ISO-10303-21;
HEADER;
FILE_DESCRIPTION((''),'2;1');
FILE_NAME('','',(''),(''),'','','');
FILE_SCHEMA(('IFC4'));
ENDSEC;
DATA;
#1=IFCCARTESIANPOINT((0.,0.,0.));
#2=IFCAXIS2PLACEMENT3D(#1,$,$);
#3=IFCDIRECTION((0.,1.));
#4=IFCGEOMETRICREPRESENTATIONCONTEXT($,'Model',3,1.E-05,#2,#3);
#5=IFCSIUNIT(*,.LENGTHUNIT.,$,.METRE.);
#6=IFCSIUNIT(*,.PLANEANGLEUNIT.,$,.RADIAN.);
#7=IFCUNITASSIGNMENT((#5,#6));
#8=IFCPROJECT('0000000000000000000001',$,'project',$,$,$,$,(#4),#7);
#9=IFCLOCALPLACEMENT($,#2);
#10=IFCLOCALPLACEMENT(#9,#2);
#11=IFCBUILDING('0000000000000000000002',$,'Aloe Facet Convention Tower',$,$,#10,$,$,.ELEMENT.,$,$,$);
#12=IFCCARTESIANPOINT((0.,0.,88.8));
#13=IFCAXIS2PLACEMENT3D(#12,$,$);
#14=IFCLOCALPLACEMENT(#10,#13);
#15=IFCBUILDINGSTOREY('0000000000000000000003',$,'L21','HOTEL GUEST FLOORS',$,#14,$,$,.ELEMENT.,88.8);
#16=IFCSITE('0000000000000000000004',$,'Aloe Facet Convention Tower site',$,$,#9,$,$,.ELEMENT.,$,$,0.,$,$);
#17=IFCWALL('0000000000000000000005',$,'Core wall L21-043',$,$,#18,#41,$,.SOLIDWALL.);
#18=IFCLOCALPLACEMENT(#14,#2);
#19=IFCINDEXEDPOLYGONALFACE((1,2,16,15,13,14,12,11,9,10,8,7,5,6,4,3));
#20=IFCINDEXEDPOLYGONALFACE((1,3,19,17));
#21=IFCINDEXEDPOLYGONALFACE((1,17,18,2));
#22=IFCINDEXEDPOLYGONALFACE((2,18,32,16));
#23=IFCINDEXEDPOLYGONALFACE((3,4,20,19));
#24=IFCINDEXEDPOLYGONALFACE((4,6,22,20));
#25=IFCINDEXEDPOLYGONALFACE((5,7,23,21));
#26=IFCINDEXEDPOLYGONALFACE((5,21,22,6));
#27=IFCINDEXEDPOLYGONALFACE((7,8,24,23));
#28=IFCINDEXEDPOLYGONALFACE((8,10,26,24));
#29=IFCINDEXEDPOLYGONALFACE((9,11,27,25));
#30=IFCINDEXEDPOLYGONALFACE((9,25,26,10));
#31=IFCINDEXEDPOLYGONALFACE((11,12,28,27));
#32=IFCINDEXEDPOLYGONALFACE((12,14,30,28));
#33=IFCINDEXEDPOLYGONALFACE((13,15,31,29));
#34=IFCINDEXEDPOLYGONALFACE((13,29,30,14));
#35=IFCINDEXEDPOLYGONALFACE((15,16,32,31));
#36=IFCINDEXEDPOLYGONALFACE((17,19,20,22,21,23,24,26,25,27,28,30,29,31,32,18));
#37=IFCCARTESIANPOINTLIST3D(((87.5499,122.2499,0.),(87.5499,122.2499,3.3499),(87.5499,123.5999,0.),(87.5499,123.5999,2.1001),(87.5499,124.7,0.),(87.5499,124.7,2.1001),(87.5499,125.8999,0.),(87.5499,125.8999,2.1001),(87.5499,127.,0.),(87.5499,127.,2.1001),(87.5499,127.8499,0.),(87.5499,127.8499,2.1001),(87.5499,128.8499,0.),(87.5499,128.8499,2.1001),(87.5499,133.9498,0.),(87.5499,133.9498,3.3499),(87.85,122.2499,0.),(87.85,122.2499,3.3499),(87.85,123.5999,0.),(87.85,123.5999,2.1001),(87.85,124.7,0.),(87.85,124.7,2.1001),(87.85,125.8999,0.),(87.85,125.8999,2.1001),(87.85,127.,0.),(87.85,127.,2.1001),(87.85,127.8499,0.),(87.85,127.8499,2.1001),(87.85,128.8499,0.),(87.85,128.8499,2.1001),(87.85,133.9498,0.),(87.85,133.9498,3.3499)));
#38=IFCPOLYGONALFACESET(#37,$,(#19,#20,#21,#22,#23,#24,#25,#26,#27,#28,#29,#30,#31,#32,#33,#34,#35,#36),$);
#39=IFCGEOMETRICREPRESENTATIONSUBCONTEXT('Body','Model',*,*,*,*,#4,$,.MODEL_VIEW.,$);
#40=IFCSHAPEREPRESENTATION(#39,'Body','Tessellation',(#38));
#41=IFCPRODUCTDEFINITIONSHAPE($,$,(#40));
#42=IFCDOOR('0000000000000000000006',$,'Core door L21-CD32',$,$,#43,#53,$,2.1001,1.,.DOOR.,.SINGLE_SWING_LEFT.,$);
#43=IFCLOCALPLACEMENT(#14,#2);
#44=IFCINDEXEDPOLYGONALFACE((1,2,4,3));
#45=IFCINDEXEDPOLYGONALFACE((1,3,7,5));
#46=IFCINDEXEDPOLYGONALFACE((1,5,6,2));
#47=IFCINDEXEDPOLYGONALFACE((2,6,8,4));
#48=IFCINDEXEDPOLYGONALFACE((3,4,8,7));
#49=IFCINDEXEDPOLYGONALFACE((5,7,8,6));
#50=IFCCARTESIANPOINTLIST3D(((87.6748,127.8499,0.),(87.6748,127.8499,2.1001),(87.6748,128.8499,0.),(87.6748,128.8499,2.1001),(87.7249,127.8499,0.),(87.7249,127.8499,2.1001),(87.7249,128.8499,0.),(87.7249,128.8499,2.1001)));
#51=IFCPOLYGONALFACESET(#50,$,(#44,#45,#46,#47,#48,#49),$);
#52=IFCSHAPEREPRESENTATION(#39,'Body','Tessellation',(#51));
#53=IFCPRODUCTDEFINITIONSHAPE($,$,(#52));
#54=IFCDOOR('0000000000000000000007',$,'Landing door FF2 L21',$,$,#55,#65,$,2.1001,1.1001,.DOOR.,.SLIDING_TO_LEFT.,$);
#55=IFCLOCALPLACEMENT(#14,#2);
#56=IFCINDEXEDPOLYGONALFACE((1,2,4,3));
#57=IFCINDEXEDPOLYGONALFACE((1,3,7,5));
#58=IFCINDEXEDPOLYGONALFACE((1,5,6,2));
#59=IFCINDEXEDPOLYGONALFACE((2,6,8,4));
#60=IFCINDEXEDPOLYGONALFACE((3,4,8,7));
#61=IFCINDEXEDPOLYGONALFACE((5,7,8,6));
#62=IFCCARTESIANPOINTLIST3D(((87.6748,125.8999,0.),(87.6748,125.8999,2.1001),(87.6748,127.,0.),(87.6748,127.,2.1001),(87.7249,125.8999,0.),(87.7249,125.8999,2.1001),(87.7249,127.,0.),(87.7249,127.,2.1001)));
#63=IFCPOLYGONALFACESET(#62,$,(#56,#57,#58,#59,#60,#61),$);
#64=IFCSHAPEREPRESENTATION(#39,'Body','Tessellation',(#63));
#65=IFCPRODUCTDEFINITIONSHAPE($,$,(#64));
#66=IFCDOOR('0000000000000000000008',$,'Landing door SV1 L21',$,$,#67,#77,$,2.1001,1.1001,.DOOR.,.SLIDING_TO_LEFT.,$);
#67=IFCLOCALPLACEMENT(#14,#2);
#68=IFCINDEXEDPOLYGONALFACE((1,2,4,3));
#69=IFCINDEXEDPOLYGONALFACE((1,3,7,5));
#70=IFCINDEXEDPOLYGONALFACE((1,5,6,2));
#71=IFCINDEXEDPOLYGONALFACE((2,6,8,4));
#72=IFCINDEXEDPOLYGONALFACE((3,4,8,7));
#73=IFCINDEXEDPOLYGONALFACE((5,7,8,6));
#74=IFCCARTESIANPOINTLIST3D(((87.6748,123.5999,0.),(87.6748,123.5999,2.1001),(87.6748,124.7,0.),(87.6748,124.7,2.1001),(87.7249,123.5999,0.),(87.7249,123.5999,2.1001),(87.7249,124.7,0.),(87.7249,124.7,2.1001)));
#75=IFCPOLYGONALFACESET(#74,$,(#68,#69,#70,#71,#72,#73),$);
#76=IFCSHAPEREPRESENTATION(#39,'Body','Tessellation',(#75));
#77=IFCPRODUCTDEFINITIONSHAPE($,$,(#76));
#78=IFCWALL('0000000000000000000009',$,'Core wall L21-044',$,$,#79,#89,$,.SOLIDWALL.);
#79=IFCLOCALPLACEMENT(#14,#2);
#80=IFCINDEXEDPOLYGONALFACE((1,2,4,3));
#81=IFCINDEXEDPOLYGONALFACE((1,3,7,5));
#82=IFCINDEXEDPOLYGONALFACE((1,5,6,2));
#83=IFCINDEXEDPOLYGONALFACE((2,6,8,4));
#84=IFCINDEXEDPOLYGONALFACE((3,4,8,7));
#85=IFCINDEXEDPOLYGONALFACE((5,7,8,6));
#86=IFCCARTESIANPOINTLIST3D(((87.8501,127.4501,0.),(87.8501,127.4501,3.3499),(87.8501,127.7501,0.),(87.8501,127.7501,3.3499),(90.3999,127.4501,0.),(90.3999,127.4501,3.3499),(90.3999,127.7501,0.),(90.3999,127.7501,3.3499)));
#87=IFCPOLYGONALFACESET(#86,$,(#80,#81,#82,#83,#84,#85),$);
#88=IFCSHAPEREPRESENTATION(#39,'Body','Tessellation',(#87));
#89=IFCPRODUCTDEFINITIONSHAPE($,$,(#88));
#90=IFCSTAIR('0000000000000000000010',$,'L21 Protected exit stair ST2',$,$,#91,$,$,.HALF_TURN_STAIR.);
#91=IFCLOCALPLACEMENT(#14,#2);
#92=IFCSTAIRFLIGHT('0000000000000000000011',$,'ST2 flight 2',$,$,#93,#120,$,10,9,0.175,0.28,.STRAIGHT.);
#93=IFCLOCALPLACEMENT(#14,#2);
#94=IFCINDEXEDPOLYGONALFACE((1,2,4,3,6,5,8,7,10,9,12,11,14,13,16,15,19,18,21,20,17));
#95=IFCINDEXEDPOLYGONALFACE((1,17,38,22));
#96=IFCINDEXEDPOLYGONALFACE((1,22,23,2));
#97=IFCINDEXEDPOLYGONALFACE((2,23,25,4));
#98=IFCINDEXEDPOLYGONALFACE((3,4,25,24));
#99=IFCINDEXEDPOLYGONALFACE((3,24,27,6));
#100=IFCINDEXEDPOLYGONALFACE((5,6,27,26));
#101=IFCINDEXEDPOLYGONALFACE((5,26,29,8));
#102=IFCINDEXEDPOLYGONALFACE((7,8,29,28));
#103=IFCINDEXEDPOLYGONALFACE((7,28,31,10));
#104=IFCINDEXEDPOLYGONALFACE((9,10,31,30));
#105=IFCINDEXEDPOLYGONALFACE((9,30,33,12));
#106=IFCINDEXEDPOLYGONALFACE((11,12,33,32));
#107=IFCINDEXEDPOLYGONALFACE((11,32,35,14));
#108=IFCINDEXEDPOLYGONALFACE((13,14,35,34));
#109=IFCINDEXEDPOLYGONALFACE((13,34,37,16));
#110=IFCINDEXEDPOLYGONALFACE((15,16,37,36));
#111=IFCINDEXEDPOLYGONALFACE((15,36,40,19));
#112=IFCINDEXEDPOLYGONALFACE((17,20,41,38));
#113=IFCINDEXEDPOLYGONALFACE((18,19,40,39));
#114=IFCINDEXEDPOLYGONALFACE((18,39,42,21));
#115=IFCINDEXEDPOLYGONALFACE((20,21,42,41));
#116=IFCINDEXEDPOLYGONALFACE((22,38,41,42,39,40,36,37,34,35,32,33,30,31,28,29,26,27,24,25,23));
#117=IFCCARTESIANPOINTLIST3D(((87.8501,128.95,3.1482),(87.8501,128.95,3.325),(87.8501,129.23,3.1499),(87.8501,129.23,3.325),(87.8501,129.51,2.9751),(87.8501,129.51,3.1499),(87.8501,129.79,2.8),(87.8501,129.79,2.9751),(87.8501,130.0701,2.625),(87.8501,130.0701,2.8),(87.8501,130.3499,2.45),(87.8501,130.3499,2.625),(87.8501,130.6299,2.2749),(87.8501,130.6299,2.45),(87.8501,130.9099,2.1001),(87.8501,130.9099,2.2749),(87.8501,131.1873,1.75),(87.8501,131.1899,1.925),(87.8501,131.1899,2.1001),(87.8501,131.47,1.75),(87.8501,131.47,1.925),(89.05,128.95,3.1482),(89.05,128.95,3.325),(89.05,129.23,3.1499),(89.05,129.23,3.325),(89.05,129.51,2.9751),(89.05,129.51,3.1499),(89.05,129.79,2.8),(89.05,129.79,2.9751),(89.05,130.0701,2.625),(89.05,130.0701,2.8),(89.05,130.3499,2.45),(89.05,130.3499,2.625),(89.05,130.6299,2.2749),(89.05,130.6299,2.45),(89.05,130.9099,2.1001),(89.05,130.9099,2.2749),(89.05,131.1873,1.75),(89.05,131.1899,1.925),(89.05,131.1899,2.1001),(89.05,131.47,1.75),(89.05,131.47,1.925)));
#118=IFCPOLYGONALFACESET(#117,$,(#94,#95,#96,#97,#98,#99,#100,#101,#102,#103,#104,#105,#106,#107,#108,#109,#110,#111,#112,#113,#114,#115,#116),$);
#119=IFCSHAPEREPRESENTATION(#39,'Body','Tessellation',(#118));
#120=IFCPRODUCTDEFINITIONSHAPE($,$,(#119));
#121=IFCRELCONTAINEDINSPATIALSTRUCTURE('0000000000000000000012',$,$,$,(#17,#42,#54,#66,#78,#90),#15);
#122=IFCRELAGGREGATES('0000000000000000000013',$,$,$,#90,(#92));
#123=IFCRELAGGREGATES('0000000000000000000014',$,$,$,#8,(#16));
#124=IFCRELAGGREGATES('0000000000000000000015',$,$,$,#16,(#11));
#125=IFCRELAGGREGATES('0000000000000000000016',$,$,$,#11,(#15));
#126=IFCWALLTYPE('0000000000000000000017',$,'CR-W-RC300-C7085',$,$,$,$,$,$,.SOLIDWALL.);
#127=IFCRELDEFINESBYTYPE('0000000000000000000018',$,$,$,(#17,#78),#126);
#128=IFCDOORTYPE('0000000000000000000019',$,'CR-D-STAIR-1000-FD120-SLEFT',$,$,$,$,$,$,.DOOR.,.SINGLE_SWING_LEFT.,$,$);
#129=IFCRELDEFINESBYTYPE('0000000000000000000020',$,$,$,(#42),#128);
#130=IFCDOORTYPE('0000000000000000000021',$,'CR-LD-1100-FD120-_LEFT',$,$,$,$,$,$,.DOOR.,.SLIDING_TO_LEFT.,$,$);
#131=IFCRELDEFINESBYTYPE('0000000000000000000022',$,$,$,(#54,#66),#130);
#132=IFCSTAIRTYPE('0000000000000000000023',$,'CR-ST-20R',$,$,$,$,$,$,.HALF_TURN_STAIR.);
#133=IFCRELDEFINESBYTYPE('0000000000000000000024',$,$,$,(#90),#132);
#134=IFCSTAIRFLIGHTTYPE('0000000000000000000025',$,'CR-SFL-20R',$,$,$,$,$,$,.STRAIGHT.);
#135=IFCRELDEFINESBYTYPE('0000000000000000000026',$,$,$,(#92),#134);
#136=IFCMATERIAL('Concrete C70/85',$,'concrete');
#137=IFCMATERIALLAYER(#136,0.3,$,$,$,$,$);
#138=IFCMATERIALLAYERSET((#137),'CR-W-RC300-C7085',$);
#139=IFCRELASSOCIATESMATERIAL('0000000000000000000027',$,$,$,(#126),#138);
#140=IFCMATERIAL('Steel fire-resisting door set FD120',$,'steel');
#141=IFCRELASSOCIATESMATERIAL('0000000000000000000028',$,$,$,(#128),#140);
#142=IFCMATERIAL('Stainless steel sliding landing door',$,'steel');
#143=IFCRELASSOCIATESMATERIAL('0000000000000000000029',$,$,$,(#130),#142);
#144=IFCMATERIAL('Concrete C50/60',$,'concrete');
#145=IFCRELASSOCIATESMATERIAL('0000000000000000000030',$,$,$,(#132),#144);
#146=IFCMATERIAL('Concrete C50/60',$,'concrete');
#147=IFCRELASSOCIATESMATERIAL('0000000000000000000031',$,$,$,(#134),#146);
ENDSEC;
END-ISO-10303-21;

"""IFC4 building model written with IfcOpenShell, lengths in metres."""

from ifc_helpers import new_model, si_unit, direction, frame, frame_2d, origin, place, context, subcontext, project, spatial, polyline, rectangle, outline, extrude, material, layer, layer_set, type_object, element, fill, aggregate, save


model = new_model("IFC4")

# Units and contexts
model_context = context("Model", 3, precision=1e-05, world=origin(), true_north=direction((0.0, 1.0)))
body_context = subcontext(model_context, "Body", "Model", "MODEL_VIEW")
ifc_project = project(units=[si_unit("LENGTHUNIT", "METRE"), si_unit("PLANEANGLEUNIT", "RADIAN")], contexts=[model_context])

# Site, building, storey
site_placement = place(None, origin())
site = spatial("IfcSite", under=ifc_project, at=site_placement, Name="Aloe Facet Convention Tower site", CompositionType="ELEMENT", RefElevation=0.0)
building_placement = place(site_placement, origin())
building = spatial("IfcBuilding", under=site, at=building_placement, Name="Aloe Facet Convention Tower", CompositionType="ELEMENT")
storey_placement = place(building_placement, frame((0.0, 0.0, 88.8)))
storey = spatial("IfcBuildingStorey", under=building, at=storey_placement, Name="L21", Description="HOTEL GUEST FLOORS", CompositionType="ELEMENT", Elevation=88.8)

# Shared definitions
ifc_material_1 = material(Name="Concrete C70/85", Category="concrete")
ifc_layer_1 = layer(ifc_material_1, 0.3)
ifc_layer_set_1 = layer_set([ifc_layer_1], Name="CR-W-RC300-C7085")
wall_type_1 = type_object("IfcWallType", Name="CR-W-RC300-C7085", PredefinedType="SOLIDWALL", material=ifc_layer_set_1)

# Wall, openings, doors
wall_1_placement = place(storey_placement, frame((87.7, 133.95, 0.0), z_axis=(0.0, 0.0, 1.0), x_axis=(0.0, -1.0, 0.0)))
wall_1 = element("IfcWall", 1, at=wall_1_placement, inside=storey, type_object=wall_type_1, Name="Core wall L21-043", PredefinedType="SOLIDWALL", context=body_context, shape_type="SweptSolid", body=[
    extrude(rectangle(XDim=11.7, YDim=0.3, at=frame_2d((5.8501, 0.0))), origin(), (0.0, 0.0, 1.0), 3.3499),
])
opening_1_placement = place(wall_1_placement, frame((6.95, 0.0, 0.0)))
opening_1 = element("IfcOpeningElement", 2, at=opening_1_placement, cuts=wall_1, PredefinedType="OPENING", context=body_context, shape_type="SweptSolid", body=[
    extrude(rectangle(XDim=1.1001, YDim=2.1001, at=frame_2d((0.55, 1.05))), frame((0.0, 0.1602, 0.0), z_axis=(0.0, -1.0, 0.0), x_axis=(1.0, 0.0, 0.0)), (0.0, 0.0, 1.0), 0.3201),
])
opening_2_placement = place(wall_1_placement, frame((5.1001, 0.0, 0.0)))
opening_2 = element("IfcOpeningElement", 3, at=opening_2_placement, cuts=wall_1, PredefinedType="OPENING", context=body_context, shape_type="SweptSolid", body=[
    extrude(rectangle(XDim=1.0, YDim=2.1001, at=frame_2d((0.5, 1.05))), frame((0.0, 0.1602, 0.0), z_axis=(0.0, -1.0, 0.0), x_axis=(1.0, 0.0, 0.0)), (0.0, 0.0, 1.0), 0.3201),
])
opening_3_placement = place(wall_1_placement, frame((9.25, 0.0, 0.0)))
opening_3 = element("IfcOpeningElement", 4, at=opening_3_placement, cuts=wall_1, PredefinedType="OPENING", context=body_context, shape_type="SweptSolid", body=[
    extrude(rectangle(XDim=1.1001, YDim=2.1001, at=frame_2d((0.55, 1.05))), frame((0.0, 0.1602, 0.0), z_axis=(0.0, -1.0, 0.0), x_axis=(1.0, 0.0, 0.0)), (0.0, 0.0, 1.0), 0.3201),
])
ifc_material_2 = material(Name="Steel fire-resisting door set FD120", Category="steel")
door_type_1 = type_object("IfcDoorType", Name="CR-D-STAIR-1000-FD120-SLEFT", OperationType="SINGLE_SWING_LEFT", PredefinedType="DOOR", material=ifc_material_2)
door_1_placement = place(opening_2_placement, origin())
door_1 = element("IfcDoor", 5, at=door_1_placement, inside=storey, type_object=door_type_1, Name="Core door L21-CD32", OperationType="SINGLE_SWING_LEFT", OverallHeight=2.1001, OverallWidth=1.0, PredefinedType="DOOR", context=body_context, shape_type="SweptSolid", body=[
    extrude(rectangle(XDim=1.0, YDim=2.1001, at=frame_2d((0.5, 1.05))), frame((0.0, 0.0249, 0.0), z_axis=(0.0, -1.0, 0.0), x_axis=(1.0, 0.0, 0.0)), (0.0, 0.0, 1.0), 0.05),
])
fill(opening_2, door_1)
ifc_material_3 = material(Name="Stainless steel sliding landing door", Category="steel")
door_type_2 = type_object("IfcDoorType", Name="CR-LD-1100-FD120-_LEFT", OperationType="SLIDING_TO_LEFT", PredefinedType="DOOR", material=ifc_material_3)
door_2_placement = place(opening_1_placement, origin())
door_2 = element("IfcDoor", 6, at=door_2_placement, inside=storey, type_object=door_type_2, Name="Landing door FF2 L21", OperationType="SLIDING_TO_LEFT", OverallHeight=2.1001, OverallWidth=1.1001, PredefinedType="DOOR", context=body_context, shape_type="SweptSolid", body=[
    extrude(rectangle(XDim=1.1001, YDim=2.1001, at=frame_2d((0.55, 1.05))), frame((0.0, 0.0249, 0.0), z_axis=(0.0, -1.0, 0.0), x_axis=(1.0, 0.0, 0.0)), (0.0, 0.0, 1.0), 0.05),
])
fill(opening_1, door_2)
door_3_placement = place(opening_3_placement, origin())
door_3 = element("IfcDoor", 7, at=door_3_placement, inside=storey, type_object=door_type_2, Name="Landing door SV1 L21", OperationType="SLIDING_TO_LEFT", OverallHeight=2.1001, OverallWidth=1.1001, PredefinedType="DOOR", context=body_context, shape_type="SweptSolid", body=[
    extrude(rectangle(XDim=1.1001, YDim=2.1001, at=frame_2d((0.55, 1.05))), frame((0.0, 0.0249, 0.0), z_axis=(0.0, -1.0, 0.0), x_axis=(1.0, 0.0, 0.0)), (0.0, 0.0, 1.0), 0.05),
])
fill(opening_3, door_3)

# Wall
wall_2_placement = place(storey_placement, frame((87.8501, 127.6001, 0.0), z_axis=(0.0, 0.0, 1.0), x_axis=(1.0, 0.0, 0.0)))
element("IfcWall", 8, at=wall_2_placement, inside=storey, type_object=wall_type_1, Name="Core wall L21-044", PredefinedType="SOLIDWALL", context=body_context, shape_type="SweptSolid", body=[
    extrude(rectangle(XDim=2.5498, YDim=0.3, at=frame_2d((1.2749, 0.0))), origin(), (0.0, 0.0, 1.0), 3.3499),
])

# Stair, stair flight
ifc_material_4 = material(Name="Concrete C50/60", Category="concrete")
stair_type = type_object("IfcStairType", Name="CR-ST-20R", PredefinedType="HALF_TURN_STAIR", material=ifc_material_4)
stair_placement = place(storey_placement, origin())
stair = element("IfcStair", 9, at=stair_placement, inside=storey, type_object=stair_type, Name="L21 Protected exit stair ST2", PredefinedType="HALF_TURN_STAIR")
ifc_material_5 = material(Name="Concrete C50/60", Category="concrete")
stair_flight_type = type_object("IfcStairFlightType", Name="CR-SFL-20R", PredefinedType="STRAIGHT", material=ifc_material_5)
stair_flight_placement = place(storey_placement, frame((88.45, 131.47, 1.75), z_axis=(0.0, 0.0, 1.0), x_axis=(0.0, -1.0, 0.0)))
stair_flight = element("IfcStairFlight", 10, at=stair_flight_placement, type_object=stair_flight_type, Name="ST2 flight 2", NumberOfRisers=10, NumberOfTreads=9, PredefinedType="STRAIGHT", RiserHeight=0.175, TreadLength=0.28, context=body_context, shape_type="SweptSolid", body=[
    extrude(outline(polyline([(0.0, 0.0), (0.0, 0.175), (0.28, 0.175), (0.28, 0.3501), (0.5601, 0.3501), (0.5601, 0.5249), (0.8401, 0.5249), (0.8401, 0.7), (1.1201, 0.7), (1.1201, 0.875), (1.3999, 0.875), (1.3999, 1.05), (1.6799, 1.05), (1.6799, 1.2251), (1.96, 1.2251), (1.96, 1.3999), (2.24, 1.3999), (2.24, 1.575), (2.52, 1.575), (2.52, 1.75), (2.52, 1.3982), (0.2827, 0.0), (0.0, 0.0)])), frame((0.0, 0.6001, 0.0), z_axis=(0.0, -1.0, 0.0), x_axis=(1.0, 0.0, 0.0)), (0.0, 0.0, 1.0), 1.2),
])
aggregate(stair, [stair_flight])

save(model, "model.ifc")
